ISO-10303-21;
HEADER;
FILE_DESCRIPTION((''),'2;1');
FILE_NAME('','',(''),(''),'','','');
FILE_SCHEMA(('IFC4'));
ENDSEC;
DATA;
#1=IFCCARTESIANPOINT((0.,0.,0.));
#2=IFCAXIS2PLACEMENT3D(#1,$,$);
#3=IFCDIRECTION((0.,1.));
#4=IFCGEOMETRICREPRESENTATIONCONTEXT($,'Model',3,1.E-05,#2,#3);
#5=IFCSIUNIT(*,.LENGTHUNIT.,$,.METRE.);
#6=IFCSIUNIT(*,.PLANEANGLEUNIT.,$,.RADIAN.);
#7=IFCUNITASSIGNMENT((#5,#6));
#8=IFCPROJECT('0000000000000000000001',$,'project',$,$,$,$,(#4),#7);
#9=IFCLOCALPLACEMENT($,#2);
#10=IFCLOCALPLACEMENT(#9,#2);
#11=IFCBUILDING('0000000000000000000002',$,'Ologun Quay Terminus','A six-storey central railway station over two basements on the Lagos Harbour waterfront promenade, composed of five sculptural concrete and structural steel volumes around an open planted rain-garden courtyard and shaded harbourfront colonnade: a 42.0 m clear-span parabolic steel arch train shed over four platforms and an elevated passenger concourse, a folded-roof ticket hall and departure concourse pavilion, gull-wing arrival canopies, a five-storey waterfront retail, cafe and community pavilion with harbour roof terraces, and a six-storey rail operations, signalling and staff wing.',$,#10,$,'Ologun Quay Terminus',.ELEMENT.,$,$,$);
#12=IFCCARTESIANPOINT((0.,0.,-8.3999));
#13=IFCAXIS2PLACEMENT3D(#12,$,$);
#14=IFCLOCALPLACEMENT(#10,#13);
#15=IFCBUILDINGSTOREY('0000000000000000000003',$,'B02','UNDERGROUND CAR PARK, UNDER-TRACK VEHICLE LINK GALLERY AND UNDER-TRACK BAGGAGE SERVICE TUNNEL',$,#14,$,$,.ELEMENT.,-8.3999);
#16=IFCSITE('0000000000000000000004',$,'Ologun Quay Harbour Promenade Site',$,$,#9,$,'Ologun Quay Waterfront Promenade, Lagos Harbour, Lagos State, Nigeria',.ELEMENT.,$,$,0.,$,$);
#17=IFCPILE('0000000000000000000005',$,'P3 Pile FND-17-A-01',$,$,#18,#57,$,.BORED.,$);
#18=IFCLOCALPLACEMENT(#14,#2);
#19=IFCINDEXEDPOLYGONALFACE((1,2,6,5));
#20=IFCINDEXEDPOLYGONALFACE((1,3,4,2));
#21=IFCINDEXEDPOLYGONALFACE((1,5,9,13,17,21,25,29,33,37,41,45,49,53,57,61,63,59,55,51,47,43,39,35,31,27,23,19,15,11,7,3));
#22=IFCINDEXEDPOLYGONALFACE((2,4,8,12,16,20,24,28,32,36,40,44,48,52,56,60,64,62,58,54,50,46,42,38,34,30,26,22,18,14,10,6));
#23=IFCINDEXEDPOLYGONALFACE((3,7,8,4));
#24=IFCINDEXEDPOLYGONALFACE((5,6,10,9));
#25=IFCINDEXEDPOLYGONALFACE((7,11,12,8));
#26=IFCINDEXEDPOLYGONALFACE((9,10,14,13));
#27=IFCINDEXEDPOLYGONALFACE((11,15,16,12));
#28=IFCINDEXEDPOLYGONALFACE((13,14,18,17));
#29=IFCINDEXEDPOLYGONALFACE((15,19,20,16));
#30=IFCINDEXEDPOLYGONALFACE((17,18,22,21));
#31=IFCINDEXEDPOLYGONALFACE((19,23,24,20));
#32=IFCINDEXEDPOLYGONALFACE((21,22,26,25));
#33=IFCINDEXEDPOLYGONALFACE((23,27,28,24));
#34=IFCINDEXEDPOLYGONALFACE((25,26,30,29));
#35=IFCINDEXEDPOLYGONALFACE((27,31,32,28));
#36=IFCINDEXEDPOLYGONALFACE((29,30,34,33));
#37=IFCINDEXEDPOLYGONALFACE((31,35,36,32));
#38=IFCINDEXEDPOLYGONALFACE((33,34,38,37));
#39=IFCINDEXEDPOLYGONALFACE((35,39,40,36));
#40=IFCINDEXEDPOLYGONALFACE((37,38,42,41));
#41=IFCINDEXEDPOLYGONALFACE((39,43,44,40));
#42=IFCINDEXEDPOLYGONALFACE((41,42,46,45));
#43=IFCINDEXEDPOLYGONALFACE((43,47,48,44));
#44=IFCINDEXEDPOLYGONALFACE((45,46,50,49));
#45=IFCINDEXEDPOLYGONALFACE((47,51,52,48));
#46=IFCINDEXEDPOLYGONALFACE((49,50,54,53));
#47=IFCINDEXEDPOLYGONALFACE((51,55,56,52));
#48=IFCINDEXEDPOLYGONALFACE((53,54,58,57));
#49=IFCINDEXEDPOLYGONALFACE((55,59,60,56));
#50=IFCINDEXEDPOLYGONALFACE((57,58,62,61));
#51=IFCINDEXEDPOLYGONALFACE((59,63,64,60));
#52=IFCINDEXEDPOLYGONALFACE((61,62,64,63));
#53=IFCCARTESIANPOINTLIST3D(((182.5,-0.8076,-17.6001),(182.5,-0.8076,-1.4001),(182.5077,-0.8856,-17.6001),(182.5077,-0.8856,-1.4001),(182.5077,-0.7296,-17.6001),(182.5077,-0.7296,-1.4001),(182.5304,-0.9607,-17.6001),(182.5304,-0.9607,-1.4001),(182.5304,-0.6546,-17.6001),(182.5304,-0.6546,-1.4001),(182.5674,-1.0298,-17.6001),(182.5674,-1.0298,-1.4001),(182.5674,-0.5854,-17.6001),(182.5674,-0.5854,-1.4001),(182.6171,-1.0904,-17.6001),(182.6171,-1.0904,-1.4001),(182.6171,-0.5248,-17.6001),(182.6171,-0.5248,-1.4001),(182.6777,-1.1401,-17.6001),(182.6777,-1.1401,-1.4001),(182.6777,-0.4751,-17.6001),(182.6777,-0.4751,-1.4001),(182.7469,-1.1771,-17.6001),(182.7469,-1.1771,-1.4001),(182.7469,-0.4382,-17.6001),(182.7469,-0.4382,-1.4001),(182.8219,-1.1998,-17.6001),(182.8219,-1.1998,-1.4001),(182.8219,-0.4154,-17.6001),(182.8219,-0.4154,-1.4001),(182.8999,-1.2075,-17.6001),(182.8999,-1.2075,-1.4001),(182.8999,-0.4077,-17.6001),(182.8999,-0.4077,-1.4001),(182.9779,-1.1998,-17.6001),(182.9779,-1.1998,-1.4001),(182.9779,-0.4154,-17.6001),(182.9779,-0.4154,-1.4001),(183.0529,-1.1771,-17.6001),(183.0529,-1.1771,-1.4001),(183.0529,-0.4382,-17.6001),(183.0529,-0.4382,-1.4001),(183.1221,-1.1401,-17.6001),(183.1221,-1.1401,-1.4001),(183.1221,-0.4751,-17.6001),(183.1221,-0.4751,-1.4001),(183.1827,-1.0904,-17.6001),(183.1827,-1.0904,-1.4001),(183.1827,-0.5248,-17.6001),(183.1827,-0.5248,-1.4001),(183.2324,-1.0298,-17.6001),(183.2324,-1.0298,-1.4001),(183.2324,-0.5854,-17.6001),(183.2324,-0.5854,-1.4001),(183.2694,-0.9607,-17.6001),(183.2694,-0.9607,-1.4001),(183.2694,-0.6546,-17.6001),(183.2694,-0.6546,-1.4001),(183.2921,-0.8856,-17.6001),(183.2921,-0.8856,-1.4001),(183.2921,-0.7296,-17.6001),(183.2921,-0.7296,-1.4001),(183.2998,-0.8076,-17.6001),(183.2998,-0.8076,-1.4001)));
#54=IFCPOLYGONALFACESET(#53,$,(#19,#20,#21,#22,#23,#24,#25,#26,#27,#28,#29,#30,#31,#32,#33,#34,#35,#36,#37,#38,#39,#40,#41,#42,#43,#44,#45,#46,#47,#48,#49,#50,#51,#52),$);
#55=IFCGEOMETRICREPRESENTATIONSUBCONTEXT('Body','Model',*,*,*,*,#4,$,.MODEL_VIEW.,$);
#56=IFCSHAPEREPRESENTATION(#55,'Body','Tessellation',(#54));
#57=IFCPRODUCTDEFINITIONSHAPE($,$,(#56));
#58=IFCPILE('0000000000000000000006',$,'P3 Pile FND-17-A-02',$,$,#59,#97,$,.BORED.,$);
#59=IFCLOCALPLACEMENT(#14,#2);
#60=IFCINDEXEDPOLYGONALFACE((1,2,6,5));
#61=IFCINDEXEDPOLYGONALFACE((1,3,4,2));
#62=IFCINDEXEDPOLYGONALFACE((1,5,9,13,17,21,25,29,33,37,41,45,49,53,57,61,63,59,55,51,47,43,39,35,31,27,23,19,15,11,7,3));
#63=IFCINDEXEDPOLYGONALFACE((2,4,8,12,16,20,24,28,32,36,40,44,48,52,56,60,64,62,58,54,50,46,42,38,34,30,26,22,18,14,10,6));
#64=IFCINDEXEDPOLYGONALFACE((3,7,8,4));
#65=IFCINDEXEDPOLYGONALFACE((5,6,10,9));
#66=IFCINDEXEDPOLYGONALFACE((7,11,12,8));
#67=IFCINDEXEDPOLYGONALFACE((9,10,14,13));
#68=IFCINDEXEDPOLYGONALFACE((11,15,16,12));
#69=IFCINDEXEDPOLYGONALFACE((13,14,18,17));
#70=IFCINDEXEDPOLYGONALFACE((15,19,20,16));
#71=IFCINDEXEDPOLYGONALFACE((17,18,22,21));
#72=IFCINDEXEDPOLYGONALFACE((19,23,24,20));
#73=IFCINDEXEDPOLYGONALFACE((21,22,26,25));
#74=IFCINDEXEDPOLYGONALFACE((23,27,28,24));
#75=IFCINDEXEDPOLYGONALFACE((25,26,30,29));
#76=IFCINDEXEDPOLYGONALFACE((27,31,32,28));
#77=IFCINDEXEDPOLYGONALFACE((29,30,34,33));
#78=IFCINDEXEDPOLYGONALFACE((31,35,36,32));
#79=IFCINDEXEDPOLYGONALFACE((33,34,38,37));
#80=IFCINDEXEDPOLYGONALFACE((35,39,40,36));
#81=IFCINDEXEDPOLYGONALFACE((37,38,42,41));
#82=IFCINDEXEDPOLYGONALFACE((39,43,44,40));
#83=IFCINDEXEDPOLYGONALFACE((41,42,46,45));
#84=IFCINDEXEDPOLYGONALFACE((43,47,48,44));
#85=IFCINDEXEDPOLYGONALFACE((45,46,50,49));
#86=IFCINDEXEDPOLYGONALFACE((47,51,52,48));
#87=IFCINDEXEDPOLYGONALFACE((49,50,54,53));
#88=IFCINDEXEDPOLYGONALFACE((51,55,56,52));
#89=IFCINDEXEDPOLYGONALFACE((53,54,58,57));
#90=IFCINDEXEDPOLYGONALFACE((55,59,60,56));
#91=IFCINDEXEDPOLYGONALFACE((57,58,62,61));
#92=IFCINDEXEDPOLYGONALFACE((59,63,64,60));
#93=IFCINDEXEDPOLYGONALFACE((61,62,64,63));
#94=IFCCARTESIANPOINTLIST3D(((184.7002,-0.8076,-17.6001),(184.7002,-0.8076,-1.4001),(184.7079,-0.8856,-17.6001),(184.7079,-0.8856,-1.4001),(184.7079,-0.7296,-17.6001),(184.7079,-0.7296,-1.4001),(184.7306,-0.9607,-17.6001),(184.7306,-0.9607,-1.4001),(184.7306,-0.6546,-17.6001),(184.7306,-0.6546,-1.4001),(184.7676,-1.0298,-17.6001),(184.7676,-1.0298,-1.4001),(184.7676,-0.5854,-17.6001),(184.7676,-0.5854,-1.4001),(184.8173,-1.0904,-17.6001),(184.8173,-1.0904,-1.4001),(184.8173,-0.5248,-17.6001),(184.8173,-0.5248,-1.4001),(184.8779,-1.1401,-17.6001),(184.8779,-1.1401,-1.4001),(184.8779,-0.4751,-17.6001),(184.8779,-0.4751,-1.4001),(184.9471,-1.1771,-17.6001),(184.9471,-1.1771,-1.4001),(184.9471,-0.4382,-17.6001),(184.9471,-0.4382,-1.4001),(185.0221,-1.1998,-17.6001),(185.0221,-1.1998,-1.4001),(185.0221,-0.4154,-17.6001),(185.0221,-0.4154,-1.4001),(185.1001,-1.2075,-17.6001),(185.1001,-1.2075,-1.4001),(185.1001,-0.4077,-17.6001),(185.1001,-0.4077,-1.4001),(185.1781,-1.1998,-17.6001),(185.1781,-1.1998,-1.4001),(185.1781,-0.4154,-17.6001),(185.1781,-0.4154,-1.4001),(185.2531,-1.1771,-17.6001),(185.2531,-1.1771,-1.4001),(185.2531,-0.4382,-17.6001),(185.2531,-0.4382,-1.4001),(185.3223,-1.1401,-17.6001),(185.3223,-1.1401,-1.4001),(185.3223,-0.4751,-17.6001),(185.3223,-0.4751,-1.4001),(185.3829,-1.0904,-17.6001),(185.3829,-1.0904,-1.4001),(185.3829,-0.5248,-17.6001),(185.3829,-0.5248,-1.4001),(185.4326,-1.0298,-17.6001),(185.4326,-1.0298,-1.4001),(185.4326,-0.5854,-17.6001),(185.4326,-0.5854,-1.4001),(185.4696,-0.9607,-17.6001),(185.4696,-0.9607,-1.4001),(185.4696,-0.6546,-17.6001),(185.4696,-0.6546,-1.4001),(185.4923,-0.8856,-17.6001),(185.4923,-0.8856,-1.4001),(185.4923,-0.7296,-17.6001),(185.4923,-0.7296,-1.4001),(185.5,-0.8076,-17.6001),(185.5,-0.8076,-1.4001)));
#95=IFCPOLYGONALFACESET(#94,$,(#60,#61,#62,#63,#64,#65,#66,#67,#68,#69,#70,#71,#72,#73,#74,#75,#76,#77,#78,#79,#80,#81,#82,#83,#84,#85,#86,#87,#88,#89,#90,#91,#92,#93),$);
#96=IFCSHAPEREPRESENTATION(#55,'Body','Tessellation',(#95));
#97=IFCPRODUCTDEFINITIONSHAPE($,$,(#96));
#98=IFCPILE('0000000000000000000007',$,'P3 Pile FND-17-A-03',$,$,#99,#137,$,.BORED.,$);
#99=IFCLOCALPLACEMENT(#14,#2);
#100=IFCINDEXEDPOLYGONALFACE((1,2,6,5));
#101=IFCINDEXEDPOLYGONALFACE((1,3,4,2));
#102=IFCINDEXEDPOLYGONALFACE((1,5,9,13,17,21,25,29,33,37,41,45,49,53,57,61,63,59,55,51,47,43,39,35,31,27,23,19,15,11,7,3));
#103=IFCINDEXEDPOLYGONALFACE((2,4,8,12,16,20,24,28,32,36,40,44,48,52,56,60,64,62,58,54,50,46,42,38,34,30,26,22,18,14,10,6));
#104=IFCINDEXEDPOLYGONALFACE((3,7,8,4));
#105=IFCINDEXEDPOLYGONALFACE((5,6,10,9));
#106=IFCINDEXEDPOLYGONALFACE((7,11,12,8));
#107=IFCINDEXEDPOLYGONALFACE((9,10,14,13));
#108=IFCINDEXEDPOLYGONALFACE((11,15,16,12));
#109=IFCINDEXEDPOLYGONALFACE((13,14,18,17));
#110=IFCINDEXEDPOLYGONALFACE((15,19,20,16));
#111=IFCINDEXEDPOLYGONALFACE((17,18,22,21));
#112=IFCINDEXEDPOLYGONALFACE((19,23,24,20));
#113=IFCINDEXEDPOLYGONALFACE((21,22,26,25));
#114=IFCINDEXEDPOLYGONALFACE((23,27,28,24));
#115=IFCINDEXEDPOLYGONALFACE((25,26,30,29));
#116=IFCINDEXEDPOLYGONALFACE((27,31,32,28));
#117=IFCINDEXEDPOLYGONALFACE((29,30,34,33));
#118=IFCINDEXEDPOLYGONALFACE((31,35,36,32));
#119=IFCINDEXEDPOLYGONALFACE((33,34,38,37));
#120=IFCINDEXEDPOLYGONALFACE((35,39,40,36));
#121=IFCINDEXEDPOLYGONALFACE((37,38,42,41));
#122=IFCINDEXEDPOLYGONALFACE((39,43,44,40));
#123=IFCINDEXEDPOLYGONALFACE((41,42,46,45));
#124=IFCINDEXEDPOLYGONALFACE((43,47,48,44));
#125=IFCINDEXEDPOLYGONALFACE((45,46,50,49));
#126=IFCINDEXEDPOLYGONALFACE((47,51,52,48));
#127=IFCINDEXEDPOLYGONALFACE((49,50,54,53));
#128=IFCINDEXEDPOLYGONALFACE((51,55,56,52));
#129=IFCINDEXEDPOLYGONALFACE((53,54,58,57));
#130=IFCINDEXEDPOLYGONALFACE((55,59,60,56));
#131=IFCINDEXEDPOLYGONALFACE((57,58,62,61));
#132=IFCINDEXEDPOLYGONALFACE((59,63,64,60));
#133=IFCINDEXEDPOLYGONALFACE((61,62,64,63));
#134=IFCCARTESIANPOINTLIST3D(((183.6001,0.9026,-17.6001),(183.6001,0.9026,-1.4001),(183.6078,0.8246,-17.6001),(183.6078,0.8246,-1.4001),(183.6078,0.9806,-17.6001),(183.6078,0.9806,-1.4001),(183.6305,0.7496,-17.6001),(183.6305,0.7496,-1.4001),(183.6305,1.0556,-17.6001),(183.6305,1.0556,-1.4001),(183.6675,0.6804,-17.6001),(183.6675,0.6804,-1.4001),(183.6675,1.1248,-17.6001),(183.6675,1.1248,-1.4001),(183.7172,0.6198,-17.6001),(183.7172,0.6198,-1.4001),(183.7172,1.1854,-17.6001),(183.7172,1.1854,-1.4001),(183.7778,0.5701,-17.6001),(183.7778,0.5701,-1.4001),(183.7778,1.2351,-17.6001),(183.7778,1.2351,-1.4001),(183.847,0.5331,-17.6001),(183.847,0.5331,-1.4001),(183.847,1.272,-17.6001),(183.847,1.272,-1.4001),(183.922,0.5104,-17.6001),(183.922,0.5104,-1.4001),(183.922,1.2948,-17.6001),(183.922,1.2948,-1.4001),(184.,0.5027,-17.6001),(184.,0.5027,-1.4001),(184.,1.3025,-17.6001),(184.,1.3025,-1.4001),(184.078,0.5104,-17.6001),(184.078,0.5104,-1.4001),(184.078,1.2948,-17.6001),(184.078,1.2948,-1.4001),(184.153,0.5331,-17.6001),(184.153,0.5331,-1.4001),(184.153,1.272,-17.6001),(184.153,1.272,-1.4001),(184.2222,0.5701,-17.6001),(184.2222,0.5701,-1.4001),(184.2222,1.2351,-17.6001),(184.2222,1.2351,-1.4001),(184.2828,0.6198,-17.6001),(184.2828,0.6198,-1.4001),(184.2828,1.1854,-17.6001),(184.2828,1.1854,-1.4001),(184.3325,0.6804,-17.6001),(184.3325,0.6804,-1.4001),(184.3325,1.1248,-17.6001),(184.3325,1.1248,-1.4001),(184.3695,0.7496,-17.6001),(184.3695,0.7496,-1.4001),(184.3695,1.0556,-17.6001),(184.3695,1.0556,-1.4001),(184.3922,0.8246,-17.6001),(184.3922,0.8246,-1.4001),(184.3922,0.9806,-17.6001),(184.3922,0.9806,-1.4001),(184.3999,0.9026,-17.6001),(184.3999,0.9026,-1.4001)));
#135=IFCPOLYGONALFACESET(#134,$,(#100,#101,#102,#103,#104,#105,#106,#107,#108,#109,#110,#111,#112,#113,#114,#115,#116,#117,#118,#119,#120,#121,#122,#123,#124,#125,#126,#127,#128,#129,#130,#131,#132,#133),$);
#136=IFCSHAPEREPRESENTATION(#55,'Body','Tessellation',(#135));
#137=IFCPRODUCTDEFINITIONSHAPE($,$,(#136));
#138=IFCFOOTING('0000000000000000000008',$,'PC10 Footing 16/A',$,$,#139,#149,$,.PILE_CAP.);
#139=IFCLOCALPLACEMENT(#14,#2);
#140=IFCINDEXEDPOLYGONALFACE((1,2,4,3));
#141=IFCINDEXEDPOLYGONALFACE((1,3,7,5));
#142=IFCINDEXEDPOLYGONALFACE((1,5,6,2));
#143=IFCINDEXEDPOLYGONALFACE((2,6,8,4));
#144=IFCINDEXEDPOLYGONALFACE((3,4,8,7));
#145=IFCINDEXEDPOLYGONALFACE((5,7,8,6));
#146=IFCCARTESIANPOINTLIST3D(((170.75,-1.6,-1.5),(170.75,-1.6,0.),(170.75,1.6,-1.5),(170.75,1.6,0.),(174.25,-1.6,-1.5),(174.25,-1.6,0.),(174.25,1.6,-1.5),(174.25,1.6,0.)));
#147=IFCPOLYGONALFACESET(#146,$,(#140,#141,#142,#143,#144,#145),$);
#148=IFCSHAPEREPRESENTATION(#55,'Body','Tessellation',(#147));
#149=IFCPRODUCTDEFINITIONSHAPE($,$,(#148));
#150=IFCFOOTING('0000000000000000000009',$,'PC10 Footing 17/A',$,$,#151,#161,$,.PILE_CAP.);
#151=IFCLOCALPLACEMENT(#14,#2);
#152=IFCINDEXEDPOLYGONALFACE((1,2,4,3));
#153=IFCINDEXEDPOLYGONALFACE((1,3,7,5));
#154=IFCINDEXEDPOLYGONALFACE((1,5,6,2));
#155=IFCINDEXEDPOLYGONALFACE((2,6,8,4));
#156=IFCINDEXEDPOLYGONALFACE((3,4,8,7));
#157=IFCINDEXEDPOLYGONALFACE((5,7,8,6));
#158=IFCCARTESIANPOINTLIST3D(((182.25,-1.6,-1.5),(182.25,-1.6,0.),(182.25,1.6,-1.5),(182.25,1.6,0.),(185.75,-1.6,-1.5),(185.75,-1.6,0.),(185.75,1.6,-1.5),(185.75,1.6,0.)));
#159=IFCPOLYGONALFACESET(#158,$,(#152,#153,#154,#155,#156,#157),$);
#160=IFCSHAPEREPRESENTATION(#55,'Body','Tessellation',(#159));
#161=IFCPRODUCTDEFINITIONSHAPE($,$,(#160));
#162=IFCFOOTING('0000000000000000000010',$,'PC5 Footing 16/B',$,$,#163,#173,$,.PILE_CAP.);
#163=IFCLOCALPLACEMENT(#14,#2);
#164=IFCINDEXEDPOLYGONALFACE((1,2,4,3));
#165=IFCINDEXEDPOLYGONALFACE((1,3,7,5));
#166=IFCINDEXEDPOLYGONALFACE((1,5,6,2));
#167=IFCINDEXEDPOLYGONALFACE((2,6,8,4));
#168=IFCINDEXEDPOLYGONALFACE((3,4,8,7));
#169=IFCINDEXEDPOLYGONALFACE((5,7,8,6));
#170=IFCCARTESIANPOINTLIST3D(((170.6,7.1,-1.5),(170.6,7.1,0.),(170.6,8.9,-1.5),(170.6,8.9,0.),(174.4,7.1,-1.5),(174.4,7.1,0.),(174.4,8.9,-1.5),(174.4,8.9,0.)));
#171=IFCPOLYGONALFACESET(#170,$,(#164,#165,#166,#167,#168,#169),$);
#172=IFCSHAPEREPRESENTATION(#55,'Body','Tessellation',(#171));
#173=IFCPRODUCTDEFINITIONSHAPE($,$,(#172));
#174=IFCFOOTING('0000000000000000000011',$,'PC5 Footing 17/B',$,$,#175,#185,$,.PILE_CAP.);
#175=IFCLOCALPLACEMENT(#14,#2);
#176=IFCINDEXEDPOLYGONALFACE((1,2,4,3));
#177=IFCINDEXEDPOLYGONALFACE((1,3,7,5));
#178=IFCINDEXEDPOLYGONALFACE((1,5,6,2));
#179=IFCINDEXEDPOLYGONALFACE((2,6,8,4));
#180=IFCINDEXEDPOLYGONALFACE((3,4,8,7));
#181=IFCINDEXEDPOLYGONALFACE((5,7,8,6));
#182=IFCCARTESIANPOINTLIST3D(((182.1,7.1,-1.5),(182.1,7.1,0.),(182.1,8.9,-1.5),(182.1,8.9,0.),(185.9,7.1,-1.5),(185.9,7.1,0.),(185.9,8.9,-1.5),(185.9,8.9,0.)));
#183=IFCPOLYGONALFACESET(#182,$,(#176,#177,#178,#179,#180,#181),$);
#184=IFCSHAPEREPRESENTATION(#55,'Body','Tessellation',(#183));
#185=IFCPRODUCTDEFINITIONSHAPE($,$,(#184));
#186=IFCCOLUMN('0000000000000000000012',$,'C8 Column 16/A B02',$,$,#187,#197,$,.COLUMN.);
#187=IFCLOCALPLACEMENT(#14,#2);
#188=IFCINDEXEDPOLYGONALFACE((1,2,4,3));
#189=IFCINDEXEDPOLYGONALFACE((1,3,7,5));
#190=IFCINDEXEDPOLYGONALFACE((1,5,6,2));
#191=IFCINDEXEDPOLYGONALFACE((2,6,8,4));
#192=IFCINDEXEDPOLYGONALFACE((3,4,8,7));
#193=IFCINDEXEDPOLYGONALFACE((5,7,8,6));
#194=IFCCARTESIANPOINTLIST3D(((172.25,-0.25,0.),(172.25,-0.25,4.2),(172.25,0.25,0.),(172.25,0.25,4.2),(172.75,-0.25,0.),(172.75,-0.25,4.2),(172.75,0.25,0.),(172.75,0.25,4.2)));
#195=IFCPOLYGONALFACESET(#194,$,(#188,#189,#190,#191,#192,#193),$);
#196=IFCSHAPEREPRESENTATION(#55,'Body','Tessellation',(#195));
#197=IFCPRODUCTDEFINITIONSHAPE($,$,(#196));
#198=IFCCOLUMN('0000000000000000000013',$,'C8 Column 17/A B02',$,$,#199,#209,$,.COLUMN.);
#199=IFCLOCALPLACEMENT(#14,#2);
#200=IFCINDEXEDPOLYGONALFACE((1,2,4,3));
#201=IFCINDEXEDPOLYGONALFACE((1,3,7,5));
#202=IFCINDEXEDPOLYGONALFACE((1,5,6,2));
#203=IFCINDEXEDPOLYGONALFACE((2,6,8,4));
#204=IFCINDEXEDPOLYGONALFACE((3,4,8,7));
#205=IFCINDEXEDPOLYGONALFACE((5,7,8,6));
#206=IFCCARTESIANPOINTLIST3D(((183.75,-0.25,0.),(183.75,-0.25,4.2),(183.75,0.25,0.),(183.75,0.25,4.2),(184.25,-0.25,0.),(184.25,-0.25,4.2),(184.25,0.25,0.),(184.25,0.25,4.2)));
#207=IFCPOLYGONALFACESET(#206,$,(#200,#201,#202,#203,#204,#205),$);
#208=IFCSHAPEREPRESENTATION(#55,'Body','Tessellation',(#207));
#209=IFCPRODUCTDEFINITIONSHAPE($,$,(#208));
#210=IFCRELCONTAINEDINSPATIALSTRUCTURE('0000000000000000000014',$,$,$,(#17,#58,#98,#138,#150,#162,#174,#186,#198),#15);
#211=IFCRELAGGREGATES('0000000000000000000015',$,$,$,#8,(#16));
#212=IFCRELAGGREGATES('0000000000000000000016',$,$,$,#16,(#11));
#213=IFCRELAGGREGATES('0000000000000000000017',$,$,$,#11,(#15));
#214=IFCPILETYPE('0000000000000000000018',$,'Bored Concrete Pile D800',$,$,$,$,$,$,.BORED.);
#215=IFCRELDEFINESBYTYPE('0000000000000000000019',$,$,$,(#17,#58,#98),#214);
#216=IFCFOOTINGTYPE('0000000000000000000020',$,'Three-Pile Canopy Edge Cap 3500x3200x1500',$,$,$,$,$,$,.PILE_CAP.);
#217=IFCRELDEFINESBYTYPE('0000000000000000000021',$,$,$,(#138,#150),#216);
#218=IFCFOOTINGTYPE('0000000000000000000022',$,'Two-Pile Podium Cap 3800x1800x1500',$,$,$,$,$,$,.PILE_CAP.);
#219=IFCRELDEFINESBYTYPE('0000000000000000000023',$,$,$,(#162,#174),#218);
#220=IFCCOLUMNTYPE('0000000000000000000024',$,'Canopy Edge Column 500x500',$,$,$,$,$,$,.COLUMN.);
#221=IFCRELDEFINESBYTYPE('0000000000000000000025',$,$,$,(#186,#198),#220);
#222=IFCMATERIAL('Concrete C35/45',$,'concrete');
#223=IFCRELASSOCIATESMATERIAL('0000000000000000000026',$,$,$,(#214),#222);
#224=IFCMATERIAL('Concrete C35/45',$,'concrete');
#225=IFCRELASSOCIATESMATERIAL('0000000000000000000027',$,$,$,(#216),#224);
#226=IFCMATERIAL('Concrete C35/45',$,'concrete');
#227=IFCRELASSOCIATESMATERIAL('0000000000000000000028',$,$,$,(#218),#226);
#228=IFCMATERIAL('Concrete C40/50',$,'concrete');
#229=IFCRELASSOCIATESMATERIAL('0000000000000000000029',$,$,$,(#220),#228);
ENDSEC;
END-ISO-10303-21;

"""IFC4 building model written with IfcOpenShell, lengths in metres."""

from ifc_helpers import new_model, si_unit, direction, frame, origin, origin_2d, place, context, subcontext, project, spatial, rectangle, circle, extrude, material, material_profile, profile_set, type_object, element, save


model = new_model("IFC4")

# Units and contexts
model_context = context("Model", 3, precision=1e-05, world=origin(), true_north=direction((0.0, 1.0)))
body_context = subcontext(model_context, "Body", "Model", "MODEL_VIEW")
ifc_project = project(units=[si_unit("LENGTHUNIT", "METRE"), si_unit("PLANEANGLEUNIT", "RADIAN")], contexts=[model_context])

# Site, building, storey
site_placement = place(None, origin())
site = spatial("IfcSite", under=ifc_project, at=site_placement, Name="Ologun Quay Harbour Promenade Site", LongName="Ologun Quay Waterfront Promenade, Lagos Harbour, Lagos State, Nigeria", CompositionType="ELEMENT", RefElevation=0.0)
building_placement = place(site_placement, origin())
building = spatial("IfcBuilding", under=site, at=building_placement, Name="Ologun Quay Terminus", Description="A six-storey central railway station over two basements on the Lagos Harbour waterfront promenade, composed of five sculptural concrete and structural steel volumes around an open planted rain-garden courtyard and shaded harbourfront colonnade: a 42.0 m clear-span parabolic steel arch train shed over four platforms and an elevated passenger concourse, a folded-roof ticket hall and departure concourse pavilion, gull-wing arrival canopies, a five-storey waterfront retail, cafe and community pavilion with harbour roof terraces, and a six-storey rail operations, signalling and staff wing.", LongName="Ologun Quay Terminus", CompositionType="ELEMENT")
storey_placement = place(building_placement, frame((0.0, 0.0, -8.3999)))
storey = spatial("IfcBuildingStorey", under=building, at=storey_placement, Name="B02", Description="UNDERGROUND CAR PARK, UNDER-TRACK VEHICLE LINK GALLERY AND UNDER-TRACK BAGGAGE SERVICE TUNNEL", CompositionType="ELEMENT", Elevation=-8.3999)

# Piles
ifc_material_1 = material(Name="Concrete C35/45", Category="concrete")
ifc_material_profile_1 = material_profile(ifc_material_1, circle(Radius=0.3999, at=origin_2d()), Name="PILE D800")
ifc_profile_set_1 = profile_set([ifc_material_profile_1], Name="Concrete C35/45")
pile_type_1 = type_object("IfcPileType", Name="Bored Concrete Pile D800", PredefinedType="BORED", material=ifc_profile_set_1)
for number, where, z_axis, x_axis, name in (
    (1, (182.8999, -0.8076, -1.4001), (0.0, 0.0, -1.0), (1.0, 0.0, 0.0), "P3 Pile FND-17-A-01"),
    (2, (185.1001, -0.8076, -1.4001), (0.0, 0.0, -1.0), (1.0, 0.0, 0.0), "P3 Pile FND-17-A-02"),
    (3, (184.0, 0.9026, -1.4001), (0.0, 0.0, -1.0), (1.0, 0.0, 0.0), "P3 Pile FND-17-A-03"),
):
    element("IfcPile", number, at=place(storey_placement, frame(where, z_axis=z_axis, x_axis=x_axis)), inside=storey, type_object=pile_type_1, Name=name, PredefinedType="BORED", context=body_context, shape_type="SweptSolid", body=[
        extrude(circle(Radius=0.3999, at=origin_2d()), origin(), (0.0, 0.0, 1.0), 16.2),
    ])

# Footings
ifc_material_2 = material(Name="Concrete C35/45", Category="concrete")
footing_type_1 = type_object("IfcFootingType", Name="Three-Pile Canopy Edge Cap 3500x3200x1500", PredefinedType="PILE_CAP", material=ifc_material_2)
for number, where, z_axis, x_axis, name in (
    (4, (172.5, 0.0, -1.5), (0.0, 0.0, 1.0), (1.0, 0.0, 0.0), "PC10 Footing 16/A"),
    (5, (184.0, 0.0, -1.5), (0.0, 0.0, 1.0), (1.0, 0.0, 0.0), "PC10 Footing 17/A"),
):
    element("IfcFooting", number, at=place(storey_placement, frame(where, z_axis=z_axis, x_axis=x_axis)), inside=storey, type_object=footing_type_1, Name=name, PredefinedType="PILE_CAP", context=body_context, shape_type="SweptSolid", body=[
        extrude(rectangle(XDim=3.5, YDim=3.2, at=origin_2d()), origin(), (0.0, 0.0, 1.0), 1.5),
    ])
ifc_material_3 = material(Name="Concrete C35/45", Category="concrete")
footing_type_2 = type_object("IfcFootingType", Name="Two-Pile Podium Cap 3800x1800x1500", PredefinedType="PILE_CAP", material=ifc_material_3)
for number, where, z_axis, x_axis, name in (
    (6, (172.5, 8.0, -1.5), (0.0, 0.0, 1.0), (1.0, 0.0, 0.0), "PC5 Footing 16/B"),
    (7, (184.0, 8.0, -1.5), (0.0, 0.0, 1.0), (1.0, 0.0, 0.0), "PC5 Footing 17/B"),
):
    element("IfcFooting", number, at=place(storey_placement, frame(where, z_axis=z_axis, x_axis=x_axis)), inside=storey, type_object=footing_type_2, Name=name, PredefinedType="PILE_CAP", context=body_context, shape_type="SweptSolid", body=[
        extrude(rectangle(XDim=3.8, YDim=1.8, at=origin_2d()), origin(), (0.0, 0.0, 1.0), 1.5),
    ])

# Columns
ifc_material_4 = material(Name="Concrete C40/50", Category="concrete")
ifc_material_profile_2 = material_profile(ifc_material_4, rectangle(XDim=0.5, YDim=0.5, at=origin_2d()), Name="RC 500x500")
ifc_profile_set_2 = profile_set([ifc_material_profile_2], Name="Concrete C40/50")
column_type_1 = type_object("IfcColumnType", Name="Canopy Edge Column 500x500", PredefinedType="COLUMN", material=ifc_profile_set_2)
for number, where, z_axis, x_axis, name in (
    (8, (172.5, 0.0, 0.0), (0.0, 0.0, 1.0), (1.0, 0.0, 0.0), "C8 Column 16/A B02"),
    (9, (184.0, 0.0, 0.0), (0.0, 0.0, 1.0), (1.0, 0.0, 0.0), "C8 Column 17/A B02"),
):
    element("IfcColumn", number, at=place(storey_placement, frame(where, z_axis=z_axis, x_axis=x_axis)), inside=storey, type_object=column_type_1, Name=name, PredefinedType="COLUMN", context=body_context, shape_type="SweptSolid", body=[
        extrude(rectangle(XDim=0.5, YDim=0.5, at=origin_2d()), origin(), (0.0, 0.0, 1.0), 4.2),
    ])

save(model, "model.ifc")
